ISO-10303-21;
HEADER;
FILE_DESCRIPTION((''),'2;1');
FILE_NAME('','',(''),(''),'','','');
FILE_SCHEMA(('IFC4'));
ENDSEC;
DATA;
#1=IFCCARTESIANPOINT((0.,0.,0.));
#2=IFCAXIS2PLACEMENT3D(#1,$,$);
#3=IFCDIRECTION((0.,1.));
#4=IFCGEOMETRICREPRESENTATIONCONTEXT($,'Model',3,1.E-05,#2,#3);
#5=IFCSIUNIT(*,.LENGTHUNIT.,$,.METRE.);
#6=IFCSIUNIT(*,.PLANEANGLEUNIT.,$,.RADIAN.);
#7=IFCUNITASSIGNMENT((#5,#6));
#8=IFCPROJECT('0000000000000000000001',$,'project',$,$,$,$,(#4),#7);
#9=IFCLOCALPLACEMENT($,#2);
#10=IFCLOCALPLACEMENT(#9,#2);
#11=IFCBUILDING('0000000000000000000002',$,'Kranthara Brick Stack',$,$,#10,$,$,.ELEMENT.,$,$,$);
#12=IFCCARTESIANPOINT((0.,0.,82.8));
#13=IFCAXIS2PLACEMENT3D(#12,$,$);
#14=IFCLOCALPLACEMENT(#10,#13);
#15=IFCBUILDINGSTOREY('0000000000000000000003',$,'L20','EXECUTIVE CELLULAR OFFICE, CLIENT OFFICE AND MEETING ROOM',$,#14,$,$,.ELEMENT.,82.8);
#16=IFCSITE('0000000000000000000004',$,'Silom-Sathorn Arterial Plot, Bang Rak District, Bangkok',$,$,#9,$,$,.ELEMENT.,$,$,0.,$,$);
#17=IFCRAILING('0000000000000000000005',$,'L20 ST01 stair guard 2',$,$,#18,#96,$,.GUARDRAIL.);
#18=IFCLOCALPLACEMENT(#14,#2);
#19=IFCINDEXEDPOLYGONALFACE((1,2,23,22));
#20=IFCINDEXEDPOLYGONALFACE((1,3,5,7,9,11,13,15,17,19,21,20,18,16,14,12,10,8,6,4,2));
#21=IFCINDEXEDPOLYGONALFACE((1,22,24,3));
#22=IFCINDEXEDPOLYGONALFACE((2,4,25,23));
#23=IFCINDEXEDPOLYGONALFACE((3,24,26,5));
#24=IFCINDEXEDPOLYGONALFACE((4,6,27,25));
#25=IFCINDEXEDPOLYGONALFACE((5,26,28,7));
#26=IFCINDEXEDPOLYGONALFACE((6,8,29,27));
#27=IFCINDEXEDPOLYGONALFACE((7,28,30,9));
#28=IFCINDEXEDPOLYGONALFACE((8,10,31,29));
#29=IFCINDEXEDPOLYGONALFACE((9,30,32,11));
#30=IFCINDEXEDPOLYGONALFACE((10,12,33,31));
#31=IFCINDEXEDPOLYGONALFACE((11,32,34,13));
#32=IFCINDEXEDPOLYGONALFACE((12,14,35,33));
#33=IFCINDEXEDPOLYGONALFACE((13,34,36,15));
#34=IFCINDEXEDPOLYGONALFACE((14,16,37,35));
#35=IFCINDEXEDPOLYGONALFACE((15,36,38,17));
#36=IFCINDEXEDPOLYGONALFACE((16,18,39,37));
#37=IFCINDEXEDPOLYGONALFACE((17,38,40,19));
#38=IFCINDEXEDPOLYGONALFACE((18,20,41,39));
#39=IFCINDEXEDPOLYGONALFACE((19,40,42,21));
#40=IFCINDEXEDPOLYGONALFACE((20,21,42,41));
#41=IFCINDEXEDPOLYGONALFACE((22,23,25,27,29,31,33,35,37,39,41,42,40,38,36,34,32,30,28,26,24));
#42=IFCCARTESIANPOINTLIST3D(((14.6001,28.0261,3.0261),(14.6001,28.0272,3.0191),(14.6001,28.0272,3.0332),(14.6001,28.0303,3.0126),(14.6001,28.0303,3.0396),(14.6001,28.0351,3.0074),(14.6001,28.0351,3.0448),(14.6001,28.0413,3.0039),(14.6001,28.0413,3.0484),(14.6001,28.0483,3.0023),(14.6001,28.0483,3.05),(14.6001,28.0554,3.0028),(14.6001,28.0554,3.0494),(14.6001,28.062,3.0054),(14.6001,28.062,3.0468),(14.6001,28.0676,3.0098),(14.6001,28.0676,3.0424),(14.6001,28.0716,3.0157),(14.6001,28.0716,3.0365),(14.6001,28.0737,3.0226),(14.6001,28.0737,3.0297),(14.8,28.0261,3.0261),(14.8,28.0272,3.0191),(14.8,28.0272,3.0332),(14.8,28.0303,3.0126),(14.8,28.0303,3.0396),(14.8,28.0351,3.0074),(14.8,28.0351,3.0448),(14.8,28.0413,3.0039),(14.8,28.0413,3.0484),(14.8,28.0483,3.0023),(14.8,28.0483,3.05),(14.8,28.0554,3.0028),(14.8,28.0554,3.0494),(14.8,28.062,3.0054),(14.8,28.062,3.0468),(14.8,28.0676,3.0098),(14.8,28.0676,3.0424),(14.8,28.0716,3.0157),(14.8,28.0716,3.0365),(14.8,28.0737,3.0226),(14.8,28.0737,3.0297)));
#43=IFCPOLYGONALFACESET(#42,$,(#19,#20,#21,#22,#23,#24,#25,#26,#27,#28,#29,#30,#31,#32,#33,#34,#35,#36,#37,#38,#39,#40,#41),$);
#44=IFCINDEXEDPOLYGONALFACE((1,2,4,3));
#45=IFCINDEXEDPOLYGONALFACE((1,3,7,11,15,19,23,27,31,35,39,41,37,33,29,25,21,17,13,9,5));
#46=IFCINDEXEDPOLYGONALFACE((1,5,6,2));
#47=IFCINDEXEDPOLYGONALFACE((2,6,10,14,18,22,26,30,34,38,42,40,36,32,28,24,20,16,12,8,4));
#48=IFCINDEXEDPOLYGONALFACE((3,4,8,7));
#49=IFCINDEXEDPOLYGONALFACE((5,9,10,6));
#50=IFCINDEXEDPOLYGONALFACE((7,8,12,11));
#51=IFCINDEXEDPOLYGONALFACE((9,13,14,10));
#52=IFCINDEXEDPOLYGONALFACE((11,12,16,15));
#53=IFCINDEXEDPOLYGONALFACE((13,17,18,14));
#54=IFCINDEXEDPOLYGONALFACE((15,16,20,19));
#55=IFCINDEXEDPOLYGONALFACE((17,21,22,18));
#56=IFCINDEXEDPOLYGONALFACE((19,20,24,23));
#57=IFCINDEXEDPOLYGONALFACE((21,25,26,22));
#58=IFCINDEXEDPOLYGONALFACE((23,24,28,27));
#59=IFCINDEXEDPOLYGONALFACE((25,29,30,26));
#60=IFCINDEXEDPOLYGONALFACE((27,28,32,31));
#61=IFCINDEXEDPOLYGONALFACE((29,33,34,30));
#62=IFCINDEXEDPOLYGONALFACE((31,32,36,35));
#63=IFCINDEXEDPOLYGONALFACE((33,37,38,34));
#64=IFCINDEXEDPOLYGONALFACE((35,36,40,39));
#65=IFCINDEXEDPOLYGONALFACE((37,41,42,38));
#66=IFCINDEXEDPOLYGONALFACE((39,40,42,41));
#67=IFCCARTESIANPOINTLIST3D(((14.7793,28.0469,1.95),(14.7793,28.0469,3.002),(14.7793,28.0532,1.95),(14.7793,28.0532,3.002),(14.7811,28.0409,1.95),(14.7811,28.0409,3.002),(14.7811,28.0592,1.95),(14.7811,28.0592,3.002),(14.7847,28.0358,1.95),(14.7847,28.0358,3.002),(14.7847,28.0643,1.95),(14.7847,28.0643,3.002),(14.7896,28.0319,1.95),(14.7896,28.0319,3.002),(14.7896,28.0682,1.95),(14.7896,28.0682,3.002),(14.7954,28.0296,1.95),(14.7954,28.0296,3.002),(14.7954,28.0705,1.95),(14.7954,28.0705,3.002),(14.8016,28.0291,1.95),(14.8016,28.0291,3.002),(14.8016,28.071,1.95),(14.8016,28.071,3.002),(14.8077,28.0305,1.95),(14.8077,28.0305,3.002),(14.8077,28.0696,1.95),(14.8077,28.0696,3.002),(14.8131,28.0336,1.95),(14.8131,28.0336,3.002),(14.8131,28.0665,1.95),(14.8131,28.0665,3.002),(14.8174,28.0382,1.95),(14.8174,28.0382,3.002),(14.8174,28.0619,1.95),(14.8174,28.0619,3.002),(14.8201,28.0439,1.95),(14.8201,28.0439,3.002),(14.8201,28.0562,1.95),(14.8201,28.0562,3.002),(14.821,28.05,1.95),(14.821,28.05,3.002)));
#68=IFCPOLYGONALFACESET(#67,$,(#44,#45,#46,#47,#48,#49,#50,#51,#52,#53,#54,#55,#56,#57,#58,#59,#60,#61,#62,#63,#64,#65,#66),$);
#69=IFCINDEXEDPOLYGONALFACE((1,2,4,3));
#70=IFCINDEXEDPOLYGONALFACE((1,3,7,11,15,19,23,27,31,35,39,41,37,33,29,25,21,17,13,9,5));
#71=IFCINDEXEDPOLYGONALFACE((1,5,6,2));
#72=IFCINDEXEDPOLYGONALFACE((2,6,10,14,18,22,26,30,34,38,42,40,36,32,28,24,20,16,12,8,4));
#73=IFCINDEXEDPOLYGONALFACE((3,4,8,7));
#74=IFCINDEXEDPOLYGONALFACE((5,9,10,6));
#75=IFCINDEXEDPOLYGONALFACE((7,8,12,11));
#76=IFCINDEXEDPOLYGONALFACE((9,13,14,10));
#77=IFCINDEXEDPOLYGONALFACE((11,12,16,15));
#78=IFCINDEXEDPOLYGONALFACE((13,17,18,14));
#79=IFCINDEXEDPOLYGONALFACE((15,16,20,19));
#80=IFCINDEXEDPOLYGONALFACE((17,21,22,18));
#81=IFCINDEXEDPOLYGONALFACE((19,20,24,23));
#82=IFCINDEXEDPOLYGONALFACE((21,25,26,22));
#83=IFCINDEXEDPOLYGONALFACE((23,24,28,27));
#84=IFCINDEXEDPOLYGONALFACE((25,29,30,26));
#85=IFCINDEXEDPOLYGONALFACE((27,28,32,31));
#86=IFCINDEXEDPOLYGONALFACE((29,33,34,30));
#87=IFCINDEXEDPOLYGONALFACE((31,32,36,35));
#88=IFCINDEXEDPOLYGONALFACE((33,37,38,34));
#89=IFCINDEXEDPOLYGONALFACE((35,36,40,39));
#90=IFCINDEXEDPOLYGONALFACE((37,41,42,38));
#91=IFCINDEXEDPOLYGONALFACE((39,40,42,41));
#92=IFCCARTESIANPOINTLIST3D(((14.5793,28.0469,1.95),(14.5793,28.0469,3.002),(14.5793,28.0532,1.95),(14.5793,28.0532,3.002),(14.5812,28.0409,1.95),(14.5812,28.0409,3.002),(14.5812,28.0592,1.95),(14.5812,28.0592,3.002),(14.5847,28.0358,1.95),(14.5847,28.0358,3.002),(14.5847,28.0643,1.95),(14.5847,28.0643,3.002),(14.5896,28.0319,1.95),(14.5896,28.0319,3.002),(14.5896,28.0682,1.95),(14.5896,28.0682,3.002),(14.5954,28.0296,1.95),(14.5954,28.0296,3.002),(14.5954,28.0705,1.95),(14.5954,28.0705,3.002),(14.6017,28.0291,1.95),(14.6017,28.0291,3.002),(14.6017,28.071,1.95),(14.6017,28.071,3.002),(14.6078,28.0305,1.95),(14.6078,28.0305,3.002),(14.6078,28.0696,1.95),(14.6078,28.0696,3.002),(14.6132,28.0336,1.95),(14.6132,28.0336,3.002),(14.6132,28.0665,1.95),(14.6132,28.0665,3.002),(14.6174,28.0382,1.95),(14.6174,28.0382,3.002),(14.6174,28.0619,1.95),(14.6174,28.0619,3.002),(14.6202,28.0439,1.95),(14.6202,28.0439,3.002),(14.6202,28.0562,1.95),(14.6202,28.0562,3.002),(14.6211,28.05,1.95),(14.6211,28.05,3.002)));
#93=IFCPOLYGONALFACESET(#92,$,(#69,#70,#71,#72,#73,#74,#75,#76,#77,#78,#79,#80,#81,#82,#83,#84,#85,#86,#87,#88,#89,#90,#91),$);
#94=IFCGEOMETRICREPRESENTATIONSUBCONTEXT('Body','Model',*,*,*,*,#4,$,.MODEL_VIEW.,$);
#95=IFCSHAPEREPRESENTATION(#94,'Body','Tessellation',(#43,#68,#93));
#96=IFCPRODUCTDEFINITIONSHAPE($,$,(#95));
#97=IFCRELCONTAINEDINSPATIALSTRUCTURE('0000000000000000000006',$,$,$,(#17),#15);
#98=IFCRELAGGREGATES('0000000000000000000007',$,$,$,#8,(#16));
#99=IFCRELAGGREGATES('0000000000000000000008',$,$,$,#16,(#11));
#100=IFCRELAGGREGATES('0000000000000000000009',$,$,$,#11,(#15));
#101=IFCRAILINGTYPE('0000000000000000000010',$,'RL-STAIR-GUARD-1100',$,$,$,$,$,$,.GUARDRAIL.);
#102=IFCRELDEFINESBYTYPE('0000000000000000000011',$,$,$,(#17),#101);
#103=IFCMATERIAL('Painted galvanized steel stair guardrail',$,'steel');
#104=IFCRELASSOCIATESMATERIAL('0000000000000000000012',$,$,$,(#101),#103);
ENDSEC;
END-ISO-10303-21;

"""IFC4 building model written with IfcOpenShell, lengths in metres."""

from ifc_helpers import new_model, si_unit, direction, frame, origin, origin_2d, place, context, subcontext, project, spatial, circle, extrude, material, type_object, element, save


model = new_model("IFC4")

# Units and contexts
model_context = context("Model", 3, precision=1e-05, world=origin(), true_north=direction((0.0, 1.0)))
body_context = subcontext(model_context, "Body", "Model", "MODEL_VIEW")
ifc_project = project(units=[si_unit("LENGTHUNIT", "METRE"), si_unit("PLANEANGLEUNIT", "RADIAN")], contexts=[model_context])

# Site, building, storey
site_placement = place(None, origin())
site = spatial("IfcSite", under=ifc_project, at=site_placement, Name="Silom-Sathorn Arterial Plot, Bang Rak District, Bangkok", CompositionType="ELEMENT", RefElevation=0.0)
building_placement = place(site_placement, origin())
building = spatial("IfcBuilding", under=site, at=building_placement, Name="Kranthara Brick Stack", CompositionType="ELEMENT")
storey_placement = place(building_placement, frame((0.0, 0.0, 82.8)))
storey = spatial("IfcBuildingStorey", under=building, at=storey_placement, Name="L20", Description="EXECUTIVE CELLULAR OFFICE, CLIENT OFFICE AND MEETING ROOM", CompositionType="ELEMENT", Elevation=82.8)

# Railing
ifc_material_1 = material(Name="Painted galvanized steel stair guardrail", Category="steel")
railing_type_1 = type_object("IfcRailingType", Name="RL-STAIR-GUARD-1100", PredefinedType="GUARDRAIL", material=ifc_material_1)
railing_1_placement = place(storey_placement, frame((14.8, 28.05, 1.95)))
element("IfcRailing", 1, at=railing_1_placement, inside=storey, type_object=railing_type_1, Name="L20 ST01 stair guard 2", PredefinedType="GUARDRAIL", context=body_context, shape_type="SweptSolid", body=[
    extrude(circle(Radius=0.0239, at=origin_2d()), frame((0.0, 0.0, 1.0762), z_axis=(-1.0, 0.0, 0.0), x_axis=(0.0, -1.0, 0.0)), (0.0, 0.0, 1.0), 0.2),
    extrude(circle(Radius=0.021, at=origin_2d()), origin(), (0.0, 0.0, 1.0), 1.052),
    extrude(circle(Radius=0.021, at=origin_2d()), frame((-0.2, 0.0, 0.0)), (0.0, 0.0, 1.0), 1.052),
])

save(model, "model.ifc")
